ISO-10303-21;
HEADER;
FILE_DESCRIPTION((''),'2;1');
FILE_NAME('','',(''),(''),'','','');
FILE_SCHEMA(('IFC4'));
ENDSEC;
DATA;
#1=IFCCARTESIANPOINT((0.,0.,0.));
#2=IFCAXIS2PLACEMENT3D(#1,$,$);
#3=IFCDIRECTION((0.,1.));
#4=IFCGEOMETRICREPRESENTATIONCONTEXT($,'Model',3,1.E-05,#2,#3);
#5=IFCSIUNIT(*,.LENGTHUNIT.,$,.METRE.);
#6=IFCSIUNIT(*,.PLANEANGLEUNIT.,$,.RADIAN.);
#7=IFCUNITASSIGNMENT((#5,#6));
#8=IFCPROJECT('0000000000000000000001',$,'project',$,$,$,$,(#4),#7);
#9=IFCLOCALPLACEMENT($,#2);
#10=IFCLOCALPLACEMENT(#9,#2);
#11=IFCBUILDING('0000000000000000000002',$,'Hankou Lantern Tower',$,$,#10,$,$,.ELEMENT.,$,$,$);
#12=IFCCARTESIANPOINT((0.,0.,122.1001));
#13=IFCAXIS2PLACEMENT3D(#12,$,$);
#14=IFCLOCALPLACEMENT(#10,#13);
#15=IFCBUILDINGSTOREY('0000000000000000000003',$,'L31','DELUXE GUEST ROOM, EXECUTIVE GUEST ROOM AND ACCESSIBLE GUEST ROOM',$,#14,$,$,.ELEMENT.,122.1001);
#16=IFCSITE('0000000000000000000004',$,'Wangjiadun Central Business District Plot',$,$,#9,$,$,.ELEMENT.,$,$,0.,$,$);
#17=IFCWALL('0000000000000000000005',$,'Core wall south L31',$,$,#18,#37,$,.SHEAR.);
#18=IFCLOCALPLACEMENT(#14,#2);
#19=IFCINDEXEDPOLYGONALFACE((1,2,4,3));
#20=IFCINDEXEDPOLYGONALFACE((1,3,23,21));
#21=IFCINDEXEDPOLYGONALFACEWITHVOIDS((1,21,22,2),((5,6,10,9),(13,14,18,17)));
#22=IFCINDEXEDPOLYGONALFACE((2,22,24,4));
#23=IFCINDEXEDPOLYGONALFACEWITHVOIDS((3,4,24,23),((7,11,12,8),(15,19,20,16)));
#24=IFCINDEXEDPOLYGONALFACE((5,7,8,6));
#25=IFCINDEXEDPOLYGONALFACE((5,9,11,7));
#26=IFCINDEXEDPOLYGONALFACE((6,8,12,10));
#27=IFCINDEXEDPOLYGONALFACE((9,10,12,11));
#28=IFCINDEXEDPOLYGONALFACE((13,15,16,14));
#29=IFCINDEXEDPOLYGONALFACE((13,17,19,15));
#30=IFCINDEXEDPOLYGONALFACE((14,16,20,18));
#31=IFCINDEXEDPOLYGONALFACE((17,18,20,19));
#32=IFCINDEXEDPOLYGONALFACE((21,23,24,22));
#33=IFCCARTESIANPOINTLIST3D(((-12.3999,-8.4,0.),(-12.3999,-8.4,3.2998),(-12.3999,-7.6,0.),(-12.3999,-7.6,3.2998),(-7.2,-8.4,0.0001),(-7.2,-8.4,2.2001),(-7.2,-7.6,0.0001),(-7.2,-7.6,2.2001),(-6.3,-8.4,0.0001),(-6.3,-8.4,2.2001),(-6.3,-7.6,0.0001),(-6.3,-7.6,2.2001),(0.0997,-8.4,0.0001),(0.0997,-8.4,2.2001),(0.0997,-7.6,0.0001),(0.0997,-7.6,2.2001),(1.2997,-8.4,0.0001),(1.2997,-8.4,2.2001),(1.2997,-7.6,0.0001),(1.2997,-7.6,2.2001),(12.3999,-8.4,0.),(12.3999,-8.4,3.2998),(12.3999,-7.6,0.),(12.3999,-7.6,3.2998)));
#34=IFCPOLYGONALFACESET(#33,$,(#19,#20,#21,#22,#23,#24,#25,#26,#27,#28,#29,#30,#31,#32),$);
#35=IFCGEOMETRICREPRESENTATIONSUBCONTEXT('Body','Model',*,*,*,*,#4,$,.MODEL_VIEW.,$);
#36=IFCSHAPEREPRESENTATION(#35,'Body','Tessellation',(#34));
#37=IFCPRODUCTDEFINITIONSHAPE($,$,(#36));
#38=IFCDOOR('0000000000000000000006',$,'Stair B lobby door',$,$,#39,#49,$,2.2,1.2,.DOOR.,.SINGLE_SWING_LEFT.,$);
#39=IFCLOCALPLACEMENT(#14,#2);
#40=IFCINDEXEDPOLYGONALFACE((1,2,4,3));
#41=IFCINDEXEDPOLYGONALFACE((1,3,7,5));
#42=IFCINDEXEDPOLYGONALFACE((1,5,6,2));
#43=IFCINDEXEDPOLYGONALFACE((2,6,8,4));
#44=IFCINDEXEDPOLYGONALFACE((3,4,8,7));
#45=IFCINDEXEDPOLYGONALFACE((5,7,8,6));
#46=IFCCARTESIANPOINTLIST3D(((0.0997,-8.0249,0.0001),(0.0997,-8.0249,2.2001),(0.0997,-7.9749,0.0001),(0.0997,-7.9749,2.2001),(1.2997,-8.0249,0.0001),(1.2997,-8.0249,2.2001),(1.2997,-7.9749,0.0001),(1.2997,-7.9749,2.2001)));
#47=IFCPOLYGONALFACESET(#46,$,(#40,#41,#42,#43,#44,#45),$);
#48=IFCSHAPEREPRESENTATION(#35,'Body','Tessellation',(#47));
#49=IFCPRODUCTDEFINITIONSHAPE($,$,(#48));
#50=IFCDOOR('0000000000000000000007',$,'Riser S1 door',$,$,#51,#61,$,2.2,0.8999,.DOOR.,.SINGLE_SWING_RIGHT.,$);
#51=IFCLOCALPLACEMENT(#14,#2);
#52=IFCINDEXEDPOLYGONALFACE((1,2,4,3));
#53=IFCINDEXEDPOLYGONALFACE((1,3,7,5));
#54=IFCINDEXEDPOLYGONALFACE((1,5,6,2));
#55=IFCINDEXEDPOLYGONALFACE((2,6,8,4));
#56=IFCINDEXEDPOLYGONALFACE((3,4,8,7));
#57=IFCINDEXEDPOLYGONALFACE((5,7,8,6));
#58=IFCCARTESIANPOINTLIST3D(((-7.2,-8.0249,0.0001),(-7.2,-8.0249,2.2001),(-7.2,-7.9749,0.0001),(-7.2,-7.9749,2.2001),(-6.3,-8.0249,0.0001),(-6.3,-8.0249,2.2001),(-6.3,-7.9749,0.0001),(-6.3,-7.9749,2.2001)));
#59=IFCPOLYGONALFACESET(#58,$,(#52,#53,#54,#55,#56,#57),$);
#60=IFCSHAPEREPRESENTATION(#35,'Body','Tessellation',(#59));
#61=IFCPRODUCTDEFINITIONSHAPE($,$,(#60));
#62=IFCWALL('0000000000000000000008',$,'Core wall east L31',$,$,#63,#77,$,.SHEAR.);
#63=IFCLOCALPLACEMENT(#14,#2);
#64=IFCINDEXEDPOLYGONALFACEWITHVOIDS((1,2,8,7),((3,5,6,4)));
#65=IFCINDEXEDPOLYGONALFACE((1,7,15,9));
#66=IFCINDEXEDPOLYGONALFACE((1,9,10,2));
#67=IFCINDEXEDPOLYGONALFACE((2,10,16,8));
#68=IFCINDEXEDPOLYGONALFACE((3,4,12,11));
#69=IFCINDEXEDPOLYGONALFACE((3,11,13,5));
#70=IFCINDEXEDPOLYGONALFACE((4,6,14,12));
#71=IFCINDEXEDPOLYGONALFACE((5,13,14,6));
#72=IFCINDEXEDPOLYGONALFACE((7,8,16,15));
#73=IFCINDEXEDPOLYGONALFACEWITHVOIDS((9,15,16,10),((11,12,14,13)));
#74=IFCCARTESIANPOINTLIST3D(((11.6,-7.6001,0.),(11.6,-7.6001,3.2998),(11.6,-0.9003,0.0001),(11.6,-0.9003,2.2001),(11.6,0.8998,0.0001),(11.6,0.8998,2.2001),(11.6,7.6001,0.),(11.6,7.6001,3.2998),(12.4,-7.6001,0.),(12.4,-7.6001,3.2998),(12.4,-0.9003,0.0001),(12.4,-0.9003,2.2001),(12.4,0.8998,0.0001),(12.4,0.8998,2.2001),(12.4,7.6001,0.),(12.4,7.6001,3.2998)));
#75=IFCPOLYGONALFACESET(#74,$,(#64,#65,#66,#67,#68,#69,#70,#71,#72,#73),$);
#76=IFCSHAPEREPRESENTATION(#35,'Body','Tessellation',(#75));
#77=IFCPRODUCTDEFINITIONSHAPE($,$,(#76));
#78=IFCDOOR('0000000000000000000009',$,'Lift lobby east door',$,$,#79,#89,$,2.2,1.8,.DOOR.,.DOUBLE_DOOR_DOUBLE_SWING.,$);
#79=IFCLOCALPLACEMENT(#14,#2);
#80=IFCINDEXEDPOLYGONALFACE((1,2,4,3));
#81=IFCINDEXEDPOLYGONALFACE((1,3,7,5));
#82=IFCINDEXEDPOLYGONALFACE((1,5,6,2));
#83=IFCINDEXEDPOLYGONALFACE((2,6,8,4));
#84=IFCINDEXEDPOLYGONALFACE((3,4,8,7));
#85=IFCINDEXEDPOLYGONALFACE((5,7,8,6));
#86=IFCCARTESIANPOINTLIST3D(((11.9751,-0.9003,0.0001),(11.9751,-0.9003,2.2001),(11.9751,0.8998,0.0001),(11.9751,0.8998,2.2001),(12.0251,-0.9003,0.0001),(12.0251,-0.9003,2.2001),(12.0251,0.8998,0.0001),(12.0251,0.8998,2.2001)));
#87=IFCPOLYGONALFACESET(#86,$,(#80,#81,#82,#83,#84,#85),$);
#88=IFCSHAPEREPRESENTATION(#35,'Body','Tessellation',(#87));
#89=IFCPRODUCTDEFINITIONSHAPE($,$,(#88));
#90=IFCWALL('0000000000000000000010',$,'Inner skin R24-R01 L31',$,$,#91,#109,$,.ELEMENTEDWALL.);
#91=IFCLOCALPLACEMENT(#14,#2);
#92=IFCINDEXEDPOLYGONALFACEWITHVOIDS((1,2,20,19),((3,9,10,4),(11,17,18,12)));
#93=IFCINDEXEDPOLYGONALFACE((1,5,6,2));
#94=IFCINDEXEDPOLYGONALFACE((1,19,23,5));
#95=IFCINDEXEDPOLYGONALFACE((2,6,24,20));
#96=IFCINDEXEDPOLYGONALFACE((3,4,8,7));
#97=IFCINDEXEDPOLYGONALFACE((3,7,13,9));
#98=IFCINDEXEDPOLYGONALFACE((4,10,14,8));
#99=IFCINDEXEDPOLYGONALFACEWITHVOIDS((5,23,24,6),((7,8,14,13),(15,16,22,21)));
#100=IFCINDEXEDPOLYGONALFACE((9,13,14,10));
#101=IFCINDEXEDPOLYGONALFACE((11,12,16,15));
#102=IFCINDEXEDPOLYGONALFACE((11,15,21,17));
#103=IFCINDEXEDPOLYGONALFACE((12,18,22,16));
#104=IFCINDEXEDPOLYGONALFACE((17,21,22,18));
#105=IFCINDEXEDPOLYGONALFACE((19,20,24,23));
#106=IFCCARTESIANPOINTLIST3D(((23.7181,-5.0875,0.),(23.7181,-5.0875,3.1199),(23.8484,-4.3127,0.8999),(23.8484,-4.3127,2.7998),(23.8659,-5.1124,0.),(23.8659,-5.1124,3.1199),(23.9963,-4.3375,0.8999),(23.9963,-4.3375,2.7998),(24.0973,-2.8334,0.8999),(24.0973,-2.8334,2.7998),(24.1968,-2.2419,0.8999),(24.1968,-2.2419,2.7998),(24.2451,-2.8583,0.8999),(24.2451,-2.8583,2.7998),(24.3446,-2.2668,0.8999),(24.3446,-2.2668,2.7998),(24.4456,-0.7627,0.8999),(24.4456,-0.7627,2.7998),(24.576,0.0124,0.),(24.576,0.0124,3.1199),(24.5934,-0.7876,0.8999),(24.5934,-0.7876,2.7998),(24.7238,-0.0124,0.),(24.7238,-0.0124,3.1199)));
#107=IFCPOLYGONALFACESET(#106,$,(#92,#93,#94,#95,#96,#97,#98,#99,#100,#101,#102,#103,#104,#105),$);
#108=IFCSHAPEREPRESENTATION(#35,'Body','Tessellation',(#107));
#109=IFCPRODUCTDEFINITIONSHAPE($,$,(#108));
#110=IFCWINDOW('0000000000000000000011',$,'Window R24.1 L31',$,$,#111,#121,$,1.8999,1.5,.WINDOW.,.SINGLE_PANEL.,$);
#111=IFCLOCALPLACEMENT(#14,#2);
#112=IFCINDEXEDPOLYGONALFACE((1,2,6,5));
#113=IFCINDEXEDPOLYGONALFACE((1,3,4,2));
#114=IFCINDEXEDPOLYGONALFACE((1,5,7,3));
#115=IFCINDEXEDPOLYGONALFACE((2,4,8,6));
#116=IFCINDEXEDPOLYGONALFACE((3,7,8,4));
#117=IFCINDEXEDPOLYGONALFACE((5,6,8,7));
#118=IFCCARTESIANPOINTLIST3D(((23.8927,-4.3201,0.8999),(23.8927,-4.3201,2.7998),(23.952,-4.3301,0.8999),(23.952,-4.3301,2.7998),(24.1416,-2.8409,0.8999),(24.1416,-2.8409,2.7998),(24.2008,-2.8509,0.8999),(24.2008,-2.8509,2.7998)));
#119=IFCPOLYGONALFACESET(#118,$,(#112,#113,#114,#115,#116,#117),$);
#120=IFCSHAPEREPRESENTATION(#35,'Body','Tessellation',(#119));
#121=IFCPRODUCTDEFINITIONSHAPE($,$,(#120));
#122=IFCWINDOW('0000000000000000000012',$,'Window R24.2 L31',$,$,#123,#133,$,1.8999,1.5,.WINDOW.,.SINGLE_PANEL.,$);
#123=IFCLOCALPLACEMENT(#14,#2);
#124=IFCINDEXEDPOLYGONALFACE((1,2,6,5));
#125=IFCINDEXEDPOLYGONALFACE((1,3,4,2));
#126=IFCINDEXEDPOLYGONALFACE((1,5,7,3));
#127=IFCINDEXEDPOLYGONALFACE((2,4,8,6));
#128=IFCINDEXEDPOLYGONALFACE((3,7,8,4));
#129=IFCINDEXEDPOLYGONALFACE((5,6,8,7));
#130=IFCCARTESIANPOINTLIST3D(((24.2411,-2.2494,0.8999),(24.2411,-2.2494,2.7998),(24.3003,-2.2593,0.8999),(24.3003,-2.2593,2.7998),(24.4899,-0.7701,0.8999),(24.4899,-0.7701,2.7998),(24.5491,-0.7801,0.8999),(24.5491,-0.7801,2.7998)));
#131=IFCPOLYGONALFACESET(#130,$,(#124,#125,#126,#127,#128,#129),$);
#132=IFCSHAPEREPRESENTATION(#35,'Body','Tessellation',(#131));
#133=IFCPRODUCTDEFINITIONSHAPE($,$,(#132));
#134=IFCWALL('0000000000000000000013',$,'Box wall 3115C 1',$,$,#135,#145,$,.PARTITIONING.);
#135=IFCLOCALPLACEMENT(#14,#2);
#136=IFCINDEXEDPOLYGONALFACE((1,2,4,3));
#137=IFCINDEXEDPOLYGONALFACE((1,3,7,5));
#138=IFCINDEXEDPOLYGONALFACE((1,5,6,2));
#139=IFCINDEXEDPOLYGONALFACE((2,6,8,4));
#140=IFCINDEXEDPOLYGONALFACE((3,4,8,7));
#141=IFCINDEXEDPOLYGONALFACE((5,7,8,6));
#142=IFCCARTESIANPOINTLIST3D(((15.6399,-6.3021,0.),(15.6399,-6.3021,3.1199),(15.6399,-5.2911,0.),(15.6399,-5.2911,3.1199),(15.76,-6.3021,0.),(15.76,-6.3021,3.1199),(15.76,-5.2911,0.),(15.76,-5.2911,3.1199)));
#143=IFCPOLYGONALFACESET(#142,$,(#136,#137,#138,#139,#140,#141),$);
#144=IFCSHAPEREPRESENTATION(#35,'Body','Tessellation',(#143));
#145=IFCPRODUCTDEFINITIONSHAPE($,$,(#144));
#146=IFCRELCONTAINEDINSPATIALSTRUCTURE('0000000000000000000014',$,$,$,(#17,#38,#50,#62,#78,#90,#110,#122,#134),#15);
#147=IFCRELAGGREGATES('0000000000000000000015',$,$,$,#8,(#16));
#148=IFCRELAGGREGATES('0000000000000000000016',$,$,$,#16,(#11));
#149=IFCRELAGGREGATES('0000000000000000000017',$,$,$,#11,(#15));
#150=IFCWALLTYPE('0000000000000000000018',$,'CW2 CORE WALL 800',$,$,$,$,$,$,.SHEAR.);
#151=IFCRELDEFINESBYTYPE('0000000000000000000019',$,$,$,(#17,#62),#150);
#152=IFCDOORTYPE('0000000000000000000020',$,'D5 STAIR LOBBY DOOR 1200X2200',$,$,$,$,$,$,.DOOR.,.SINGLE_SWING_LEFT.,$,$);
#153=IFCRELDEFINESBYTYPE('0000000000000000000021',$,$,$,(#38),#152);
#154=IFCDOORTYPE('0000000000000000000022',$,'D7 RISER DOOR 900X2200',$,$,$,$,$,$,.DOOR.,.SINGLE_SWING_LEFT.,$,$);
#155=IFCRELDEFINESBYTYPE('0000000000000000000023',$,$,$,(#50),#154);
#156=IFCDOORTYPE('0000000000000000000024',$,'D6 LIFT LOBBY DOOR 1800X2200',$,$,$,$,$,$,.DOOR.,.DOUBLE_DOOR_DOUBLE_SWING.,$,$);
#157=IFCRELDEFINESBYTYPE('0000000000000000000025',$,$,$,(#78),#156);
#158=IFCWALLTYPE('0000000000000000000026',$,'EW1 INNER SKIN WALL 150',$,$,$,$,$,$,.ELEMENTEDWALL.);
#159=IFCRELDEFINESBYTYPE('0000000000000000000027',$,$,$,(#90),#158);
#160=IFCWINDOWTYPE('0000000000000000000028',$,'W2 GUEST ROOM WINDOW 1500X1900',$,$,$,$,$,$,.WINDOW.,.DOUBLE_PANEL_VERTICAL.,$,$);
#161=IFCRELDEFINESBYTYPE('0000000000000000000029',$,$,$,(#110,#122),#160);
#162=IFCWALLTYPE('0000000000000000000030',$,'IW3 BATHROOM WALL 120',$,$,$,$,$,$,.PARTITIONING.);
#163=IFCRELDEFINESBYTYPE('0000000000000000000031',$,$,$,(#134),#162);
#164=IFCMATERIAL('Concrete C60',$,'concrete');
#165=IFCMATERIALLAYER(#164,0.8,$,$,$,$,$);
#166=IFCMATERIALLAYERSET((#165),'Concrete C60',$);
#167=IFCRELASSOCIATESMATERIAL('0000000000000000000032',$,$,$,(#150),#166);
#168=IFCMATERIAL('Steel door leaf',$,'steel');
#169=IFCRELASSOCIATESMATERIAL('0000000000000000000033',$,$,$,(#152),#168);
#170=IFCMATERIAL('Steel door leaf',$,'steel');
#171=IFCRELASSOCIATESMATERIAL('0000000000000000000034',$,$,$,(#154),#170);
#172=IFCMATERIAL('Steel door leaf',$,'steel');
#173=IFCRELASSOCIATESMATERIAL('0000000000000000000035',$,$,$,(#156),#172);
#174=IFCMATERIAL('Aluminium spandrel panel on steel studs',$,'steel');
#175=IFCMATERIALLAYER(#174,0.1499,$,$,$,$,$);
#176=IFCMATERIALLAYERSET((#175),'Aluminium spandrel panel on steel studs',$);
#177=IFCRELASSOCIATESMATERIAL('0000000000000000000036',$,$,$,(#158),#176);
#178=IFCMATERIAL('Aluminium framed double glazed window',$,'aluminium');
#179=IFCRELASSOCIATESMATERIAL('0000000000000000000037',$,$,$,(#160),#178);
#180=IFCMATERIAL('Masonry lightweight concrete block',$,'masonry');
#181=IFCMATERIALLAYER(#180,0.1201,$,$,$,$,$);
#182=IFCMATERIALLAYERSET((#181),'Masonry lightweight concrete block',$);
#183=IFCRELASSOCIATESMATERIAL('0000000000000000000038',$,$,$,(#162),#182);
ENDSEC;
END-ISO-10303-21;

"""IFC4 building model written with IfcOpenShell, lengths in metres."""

from ifc_helpers import new_model, si_unit, direction, frame, frame_2d, origin, place, context, subcontext, project, spatial, rectangle, extrude, material, layer, layer_set, type_object, element, fill, save


model = new_model("IFC4")

# Units and contexts
model_context = context("Model", 3, precision=1e-05, world=origin(), true_north=direction((0.0, 1.0)))
body_context = subcontext(model_context, "Body", "Model", "MODEL_VIEW")
ifc_project = project(units=[si_unit("LENGTHUNIT", "METRE"), si_unit("PLANEANGLEUNIT", "RADIAN")], contexts=[model_context])

# Site, building, storey
site_placement = place(None, origin())
site = spatial("IfcSite", under=ifc_project, at=site_placement, Name="Wangjiadun Central Business District Plot", CompositionType="ELEMENT", RefElevation=0.0)
building_placement = place(site_placement, origin())
building = spatial("IfcBuilding", under=site, at=building_placement, Name="Hankou Lantern Tower", CompositionType="ELEMENT")
storey_placement = place(building_placement, frame((0.0, 0.0, 122.1001)))
storey = spatial("IfcBuildingStorey", under=building, at=storey_placement, Name="L31", Description="DELUXE GUEST ROOM, EXECUTIVE GUEST ROOM AND ACCESSIBLE GUEST ROOM", CompositionType="ELEMENT", Elevation=122.1001)

# Wall, openings, doors
ifc_material_1 = material(Name="Concrete C60", Category="concrete")
ifc_layer_1 = layer(ifc_material_1, 0.8)
ifc_layer_set_1 = layer_set([ifc_layer_1], Name="Concrete C60")
wall_type_1 = type_object("IfcWallType", Name="CW2 CORE WALL 800", PredefinedType="SHEAR", material=ifc_layer_set_1)
wall_1_placement = place(storey_placement, frame((12.3999, -8.0, 0.0), z_axis=(0.0, 0.0, 1.0), x_axis=(-1.0, 0.0, 0.0)))
wall_1 = element("IfcWall", 1, at=wall_1_placement, inside=storey, type_object=wall_type_1, Name="Core wall south L31", PredefinedType="SHEAR", context=body_context, shape_type="SweptSolid", body=[
    extrude(rectangle(XDim=24.7998, YDim=0.8, at=frame_2d((12.3999, 0.0))), origin(), (0.0, 0.0, 1.0), 3.2998),
])
opening_1_placement = place(wall_1_placement, frame((11.1001, 0.0, 0.0)))
opening_1 = element("IfcOpeningElement", 2, at=opening_1_placement, cuts=wall_1, PredefinedType="OPENING", context=body_context, shape_type="SweptSolid", body=[
    extrude(rectangle(XDim=1.2, YDim=2.2, at=frame_2d((0.6001, 1.1001))), frame((0.0, 0.4099, 0.0), z_axis=(0.0, -1.0, 0.0), x_axis=(1.0, 0.0, 0.0)), (0.0, 0.0, 1.0), 0.8201),
])
opening_2_placement = place(wall_1_placement, frame((18.7, 0.0, 0.0)))
opening_2 = element("IfcOpeningElement", 3, at=opening_2_placement, cuts=wall_1, PredefinedType="OPENING", context=body_context, shape_type="SweptSolid", body=[
    extrude(rectangle(XDim=0.8999, YDim=2.2, at=frame_2d((0.45, 1.1001))), frame((0.0, 0.4099, 0.0), z_axis=(0.0, -1.0, 0.0), x_axis=(1.0, 0.0, 0.0)), (0.0, 0.0, 1.0), 0.8201),
])
ifc_material_2 = material(Name="Steel door leaf", Category="steel")
door_type_1 = type_object("IfcDoorType", Name="D5 STAIR LOBBY DOOR 1200X2200", OperationType="SINGLE_SWING_LEFT", PredefinedType="DOOR", material=ifc_material_2)
door_1_placement = place(opening_1_placement, origin())
door_1 = element("IfcDoor", 4, at=door_1_placement, inside=storey, type_object=door_type_1, Name="Stair B lobby door", OperationType="SINGLE_SWING_LEFT", OverallHeight=2.2, OverallWidth=1.2, PredefinedType="DOOR", context=body_context, shape_type="SweptSolid", body=[
    extrude(rectangle(XDim=1.2, YDim=2.2, at=frame_2d((0.6001, 1.1001))), frame((0.0, 0.0249, 0.0), z_axis=(0.0, -1.0, 0.0), x_axis=(1.0, 0.0, 0.0)), (0.0, 0.0, 1.0), 0.05),
])
fill(opening_1, door_1)
ifc_material_3 = material(Name="Steel door leaf", Category="steel")
door_type_2 = type_object("IfcDoorType", Name="D7 RISER DOOR 900X2200", OperationType="SINGLE_SWING_LEFT", PredefinedType="DOOR", material=ifc_material_3)
door_2_placement = place(opening_2_placement, origin())
door_2 = element("IfcDoor", 5, at=door_2_placement, inside=storey, type_object=door_type_2, Name="Riser S1 door", OperationType="SINGLE_SWING_RIGHT", OverallHeight=2.2, OverallWidth=0.8999, PredefinedType="DOOR", context=body_context, shape_type="SweptSolid", body=[
    extrude(rectangle(XDim=0.8999, YDim=2.2, at=frame_2d((0.45, 1.1001))), frame((0.0, 0.0249, 0.0), z_axis=(0.0, -1.0, 0.0), x_axis=(1.0, 0.0, 0.0)), (0.0, 0.0, 1.0), 0.05),
])
fill(opening_2, door_2)

# Wall, opening, door
wall_2_placement = place(storey_placement, frame((12.0, -7.6001, 0.0), z_axis=(0.0, 0.0, 1.0), x_axis=(0.0, 1.0, 0.0)))
wall_2 = element("IfcWall", 6, at=wall_2_placement, inside=storey, type_object=wall_type_1, Name="Core wall east L31", PredefinedType="SHEAR", context=body_context, shape_type="SweptSolid", body=[
    extrude(rectangle(XDim=15.2002, YDim=0.8, at=frame_2d((7.6001, 0.0))), origin(), (0.0, 0.0, 1.0), 3.2998),
])
opening_3_placement = place(wall_2_placement, frame((6.7, 0.0, 0.0)))
opening_3 = element("IfcOpeningElement", 7, at=opening_3_placement, cuts=wall_2, PredefinedType="OPENING", context=body_context, shape_type="SweptSolid", body=[
    extrude(rectangle(XDim=1.8, YDim=2.2, at=frame_2d((0.8999, 1.1001))), frame((0.0, 0.4099, 0.0), z_axis=(0.0, -1.0, 0.0), x_axis=(1.0, 0.0, 0.0)), (0.0, 0.0, 1.0), 0.8201),
])
ifc_material_4 = material(Name="Steel door leaf", Category="steel")
door_type_3 = type_object("IfcDoorType", Name="D6 LIFT LOBBY DOOR 1800X2200", OperationType="DOUBLE_DOOR_DOUBLE_SWING", PredefinedType="DOOR", material=ifc_material_4)
door_3_placement = place(opening_3_placement, origin())
door_3 = element("IfcDoor", 8, at=door_3_placement, inside=storey, type_object=door_type_3, Name="Lift lobby east door", OperationType="DOUBLE_DOOR_DOUBLE_SWING", OverallHeight=2.2, OverallWidth=1.8, PredefinedType="DOOR", context=body_context, shape_type="SweptSolid", body=[
    extrude(rectangle(XDim=1.8, YDim=2.2, at=frame_2d((0.8999, 1.1001))), frame((0.0, 0.0249, 0.0), z_axis=(0.0, -1.0, 0.0), x_axis=(1.0, 0.0, 0.0)), (0.0, 0.0, 1.0), 0.05),
])
fill(opening_3, door_3)

# Wall, openings, windows
ifc_material_5 = material(Name="Aluminium spandrel panel on steel studs", Category="steel")
ifc_layer_2 = layer(ifc_material_5, 0.1499)
ifc_layer_set_2 = layer_set([ifc_layer_2], Name="Aluminium spandrel panel on steel studs")
wall_type_2 = type_object("IfcWallType", Name="EW1 INNER SKIN WALL 150", PredefinedType="ELEMENTEDWALL", material=ifc_layer_set_2)
wall_3_placement = place(storey_placement, frame((23.792, -5.1001, 0.0), z_axis=(0.0, 0.0, 1.0), x_axis=(0.165884, 0.986145, 0.0)))
wall_3 = element("IfcWall", 9, at=wall_3_placement, inside=storey, type_object=wall_type_2, Name="Inner skin R24-R01 L31", PredefinedType="ELEMENTEDWALL", context=body_context, shape_type="SweptSolid", body=[
    extrude(rectangle(XDim=5.1716, YDim=0.1499, at=frame_2d((2.5859, 0.0))), origin(), (0.0, 0.0, 1.0), 3.1199),
])
opening_4_placement = place(wall_3_placement, frame((0.7859, 0.0, 0.8999)))
opening_4 = element("IfcOpeningElement", 10, at=opening_4_placement, cuts=wall_3, PredefinedType="OPENING", context=body_context, shape_type="SweptSolid", body=[
    extrude(rectangle(XDim=1.5, YDim=1.8999, at=frame_2d((0.75, 0.95))), frame((0.0, 0.085, 0.0), z_axis=(0.0, -1.0, 0.0), x_axis=(1.0, 0.0, 0.0)), (0.0, 0.0, 1.0), 0.1699),
])
opening_5_placement = place(wall_3_placement, frame((2.8857, 0.0, 0.8999)))
opening_5 = element("IfcOpeningElement", 11, at=opening_5_placement, cuts=wall_3, PredefinedType="OPENING", context=body_context, shape_type="SweptSolid", body=[
    extrude(rectangle(XDim=1.5, YDim=1.8999, at=frame_2d((0.75, 0.95))), frame((0.0, 0.085, 0.0), z_axis=(0.0, -1.0, 0.0), x_axis=(1.0, 0.0, 0.0)), (0.0, 0.0, 1.0), 0.1699),
])
ifc_material_6 = material(Name="Aluminium framed double glazed window", Category="aluminium")
window_type = type_object("IfcWindowType", Name="W2 GUEST ROOM WINDOW 1500X1900", PartitioningType="DOUBLE_PANEL_VERTICAL", PredefinedType="WINDOW", material=ifc_material_6)
window_1_placement = place(opening_4_placement, origin())
window_1 = element("IfcWindow", 12, at=window_1_placement, inside=storey, type_object=window_type, Name="Window R24.1 L31", OverallHeight=1.8999, OverallWidth=1.5, PartitioningType="SINGLE_PANEL", PredefinedType="WINDOW", context=body_context, shape_type="SweptSolid", body=[
    extrude(rectangle(XDim=1.5, YDim=1.8999, at=frame_2d((0.75, 0.95))), frame((0.0, 0.03, 0.0), z_axis=(0.0, -1.0, 0.0), x_axis=(1.0, 0.0, 0.0)), (0.0, 0.0, 1.0), 0.0601),
])
fill(opening_4, window_1)
window_2_placement = place(opening_5_placement, origin())
window_2 = element("IfcWindow", 13, at=window_2_placement, inside=storey, type_object=window_type, Name="Window R24.2 L31", OverallHeight=1.8999, OverallWidth=1.5, PartitioningType="SINGLE_PANEL", PredefinedType="WINDOW", context=body_context, shape_type="SweptSolid", body=[
    extrude(rectangle(XDim=1.5, YDim=1.8999, at=frame_2d((0.75, 0.95))), frame((0.0, 0.03, 0.0), z_axis=(0.0, -1.0, 0.0), x_axis=(1.0, 0.0, 0.0)), (0.0, 0.0, 1.0), 0.0601),
])
fill(opening_5, window_2)

# Wall
ifc_material_7 = material(Name="Masonry lightweight concrete block", Category="masonry")
ifc_layer_3 = layer(ifc_material_7, 0.1201)
ifc_layer_set_3 = layer_set([ifc_layer_3], Name="Masonry lightweight concrete block")
wall_type_3 = type_object("IfcWallType", Name="IW3 BATHROOM WALL 120", PredefinedType="PARTITIONING", material=ifc_layer_set_3)
wall_4_placement = place(storey_placement, frame((15.7, -5.2913, 0.0), z_axis=(0.0, 0.0, 1.0), x_axis=(0.0, -1.0, 0.0)))
element("IfcWall", 14, at=wall_4_placement, inside=storey, type_object=wall_type_3, Name="Box wall 3115C 1", PredefinedType="PARTITIONING", context=body_context, shape_type="SweptSolid", body=[
    extrude(rectangle(XDim=1.011, YDim=0.1201, at=frame_2d((0.5054, 0.0))), origin(), (0.0, 0.0, 1.0), 3.1199),
])

save(model, "model.ifc")
